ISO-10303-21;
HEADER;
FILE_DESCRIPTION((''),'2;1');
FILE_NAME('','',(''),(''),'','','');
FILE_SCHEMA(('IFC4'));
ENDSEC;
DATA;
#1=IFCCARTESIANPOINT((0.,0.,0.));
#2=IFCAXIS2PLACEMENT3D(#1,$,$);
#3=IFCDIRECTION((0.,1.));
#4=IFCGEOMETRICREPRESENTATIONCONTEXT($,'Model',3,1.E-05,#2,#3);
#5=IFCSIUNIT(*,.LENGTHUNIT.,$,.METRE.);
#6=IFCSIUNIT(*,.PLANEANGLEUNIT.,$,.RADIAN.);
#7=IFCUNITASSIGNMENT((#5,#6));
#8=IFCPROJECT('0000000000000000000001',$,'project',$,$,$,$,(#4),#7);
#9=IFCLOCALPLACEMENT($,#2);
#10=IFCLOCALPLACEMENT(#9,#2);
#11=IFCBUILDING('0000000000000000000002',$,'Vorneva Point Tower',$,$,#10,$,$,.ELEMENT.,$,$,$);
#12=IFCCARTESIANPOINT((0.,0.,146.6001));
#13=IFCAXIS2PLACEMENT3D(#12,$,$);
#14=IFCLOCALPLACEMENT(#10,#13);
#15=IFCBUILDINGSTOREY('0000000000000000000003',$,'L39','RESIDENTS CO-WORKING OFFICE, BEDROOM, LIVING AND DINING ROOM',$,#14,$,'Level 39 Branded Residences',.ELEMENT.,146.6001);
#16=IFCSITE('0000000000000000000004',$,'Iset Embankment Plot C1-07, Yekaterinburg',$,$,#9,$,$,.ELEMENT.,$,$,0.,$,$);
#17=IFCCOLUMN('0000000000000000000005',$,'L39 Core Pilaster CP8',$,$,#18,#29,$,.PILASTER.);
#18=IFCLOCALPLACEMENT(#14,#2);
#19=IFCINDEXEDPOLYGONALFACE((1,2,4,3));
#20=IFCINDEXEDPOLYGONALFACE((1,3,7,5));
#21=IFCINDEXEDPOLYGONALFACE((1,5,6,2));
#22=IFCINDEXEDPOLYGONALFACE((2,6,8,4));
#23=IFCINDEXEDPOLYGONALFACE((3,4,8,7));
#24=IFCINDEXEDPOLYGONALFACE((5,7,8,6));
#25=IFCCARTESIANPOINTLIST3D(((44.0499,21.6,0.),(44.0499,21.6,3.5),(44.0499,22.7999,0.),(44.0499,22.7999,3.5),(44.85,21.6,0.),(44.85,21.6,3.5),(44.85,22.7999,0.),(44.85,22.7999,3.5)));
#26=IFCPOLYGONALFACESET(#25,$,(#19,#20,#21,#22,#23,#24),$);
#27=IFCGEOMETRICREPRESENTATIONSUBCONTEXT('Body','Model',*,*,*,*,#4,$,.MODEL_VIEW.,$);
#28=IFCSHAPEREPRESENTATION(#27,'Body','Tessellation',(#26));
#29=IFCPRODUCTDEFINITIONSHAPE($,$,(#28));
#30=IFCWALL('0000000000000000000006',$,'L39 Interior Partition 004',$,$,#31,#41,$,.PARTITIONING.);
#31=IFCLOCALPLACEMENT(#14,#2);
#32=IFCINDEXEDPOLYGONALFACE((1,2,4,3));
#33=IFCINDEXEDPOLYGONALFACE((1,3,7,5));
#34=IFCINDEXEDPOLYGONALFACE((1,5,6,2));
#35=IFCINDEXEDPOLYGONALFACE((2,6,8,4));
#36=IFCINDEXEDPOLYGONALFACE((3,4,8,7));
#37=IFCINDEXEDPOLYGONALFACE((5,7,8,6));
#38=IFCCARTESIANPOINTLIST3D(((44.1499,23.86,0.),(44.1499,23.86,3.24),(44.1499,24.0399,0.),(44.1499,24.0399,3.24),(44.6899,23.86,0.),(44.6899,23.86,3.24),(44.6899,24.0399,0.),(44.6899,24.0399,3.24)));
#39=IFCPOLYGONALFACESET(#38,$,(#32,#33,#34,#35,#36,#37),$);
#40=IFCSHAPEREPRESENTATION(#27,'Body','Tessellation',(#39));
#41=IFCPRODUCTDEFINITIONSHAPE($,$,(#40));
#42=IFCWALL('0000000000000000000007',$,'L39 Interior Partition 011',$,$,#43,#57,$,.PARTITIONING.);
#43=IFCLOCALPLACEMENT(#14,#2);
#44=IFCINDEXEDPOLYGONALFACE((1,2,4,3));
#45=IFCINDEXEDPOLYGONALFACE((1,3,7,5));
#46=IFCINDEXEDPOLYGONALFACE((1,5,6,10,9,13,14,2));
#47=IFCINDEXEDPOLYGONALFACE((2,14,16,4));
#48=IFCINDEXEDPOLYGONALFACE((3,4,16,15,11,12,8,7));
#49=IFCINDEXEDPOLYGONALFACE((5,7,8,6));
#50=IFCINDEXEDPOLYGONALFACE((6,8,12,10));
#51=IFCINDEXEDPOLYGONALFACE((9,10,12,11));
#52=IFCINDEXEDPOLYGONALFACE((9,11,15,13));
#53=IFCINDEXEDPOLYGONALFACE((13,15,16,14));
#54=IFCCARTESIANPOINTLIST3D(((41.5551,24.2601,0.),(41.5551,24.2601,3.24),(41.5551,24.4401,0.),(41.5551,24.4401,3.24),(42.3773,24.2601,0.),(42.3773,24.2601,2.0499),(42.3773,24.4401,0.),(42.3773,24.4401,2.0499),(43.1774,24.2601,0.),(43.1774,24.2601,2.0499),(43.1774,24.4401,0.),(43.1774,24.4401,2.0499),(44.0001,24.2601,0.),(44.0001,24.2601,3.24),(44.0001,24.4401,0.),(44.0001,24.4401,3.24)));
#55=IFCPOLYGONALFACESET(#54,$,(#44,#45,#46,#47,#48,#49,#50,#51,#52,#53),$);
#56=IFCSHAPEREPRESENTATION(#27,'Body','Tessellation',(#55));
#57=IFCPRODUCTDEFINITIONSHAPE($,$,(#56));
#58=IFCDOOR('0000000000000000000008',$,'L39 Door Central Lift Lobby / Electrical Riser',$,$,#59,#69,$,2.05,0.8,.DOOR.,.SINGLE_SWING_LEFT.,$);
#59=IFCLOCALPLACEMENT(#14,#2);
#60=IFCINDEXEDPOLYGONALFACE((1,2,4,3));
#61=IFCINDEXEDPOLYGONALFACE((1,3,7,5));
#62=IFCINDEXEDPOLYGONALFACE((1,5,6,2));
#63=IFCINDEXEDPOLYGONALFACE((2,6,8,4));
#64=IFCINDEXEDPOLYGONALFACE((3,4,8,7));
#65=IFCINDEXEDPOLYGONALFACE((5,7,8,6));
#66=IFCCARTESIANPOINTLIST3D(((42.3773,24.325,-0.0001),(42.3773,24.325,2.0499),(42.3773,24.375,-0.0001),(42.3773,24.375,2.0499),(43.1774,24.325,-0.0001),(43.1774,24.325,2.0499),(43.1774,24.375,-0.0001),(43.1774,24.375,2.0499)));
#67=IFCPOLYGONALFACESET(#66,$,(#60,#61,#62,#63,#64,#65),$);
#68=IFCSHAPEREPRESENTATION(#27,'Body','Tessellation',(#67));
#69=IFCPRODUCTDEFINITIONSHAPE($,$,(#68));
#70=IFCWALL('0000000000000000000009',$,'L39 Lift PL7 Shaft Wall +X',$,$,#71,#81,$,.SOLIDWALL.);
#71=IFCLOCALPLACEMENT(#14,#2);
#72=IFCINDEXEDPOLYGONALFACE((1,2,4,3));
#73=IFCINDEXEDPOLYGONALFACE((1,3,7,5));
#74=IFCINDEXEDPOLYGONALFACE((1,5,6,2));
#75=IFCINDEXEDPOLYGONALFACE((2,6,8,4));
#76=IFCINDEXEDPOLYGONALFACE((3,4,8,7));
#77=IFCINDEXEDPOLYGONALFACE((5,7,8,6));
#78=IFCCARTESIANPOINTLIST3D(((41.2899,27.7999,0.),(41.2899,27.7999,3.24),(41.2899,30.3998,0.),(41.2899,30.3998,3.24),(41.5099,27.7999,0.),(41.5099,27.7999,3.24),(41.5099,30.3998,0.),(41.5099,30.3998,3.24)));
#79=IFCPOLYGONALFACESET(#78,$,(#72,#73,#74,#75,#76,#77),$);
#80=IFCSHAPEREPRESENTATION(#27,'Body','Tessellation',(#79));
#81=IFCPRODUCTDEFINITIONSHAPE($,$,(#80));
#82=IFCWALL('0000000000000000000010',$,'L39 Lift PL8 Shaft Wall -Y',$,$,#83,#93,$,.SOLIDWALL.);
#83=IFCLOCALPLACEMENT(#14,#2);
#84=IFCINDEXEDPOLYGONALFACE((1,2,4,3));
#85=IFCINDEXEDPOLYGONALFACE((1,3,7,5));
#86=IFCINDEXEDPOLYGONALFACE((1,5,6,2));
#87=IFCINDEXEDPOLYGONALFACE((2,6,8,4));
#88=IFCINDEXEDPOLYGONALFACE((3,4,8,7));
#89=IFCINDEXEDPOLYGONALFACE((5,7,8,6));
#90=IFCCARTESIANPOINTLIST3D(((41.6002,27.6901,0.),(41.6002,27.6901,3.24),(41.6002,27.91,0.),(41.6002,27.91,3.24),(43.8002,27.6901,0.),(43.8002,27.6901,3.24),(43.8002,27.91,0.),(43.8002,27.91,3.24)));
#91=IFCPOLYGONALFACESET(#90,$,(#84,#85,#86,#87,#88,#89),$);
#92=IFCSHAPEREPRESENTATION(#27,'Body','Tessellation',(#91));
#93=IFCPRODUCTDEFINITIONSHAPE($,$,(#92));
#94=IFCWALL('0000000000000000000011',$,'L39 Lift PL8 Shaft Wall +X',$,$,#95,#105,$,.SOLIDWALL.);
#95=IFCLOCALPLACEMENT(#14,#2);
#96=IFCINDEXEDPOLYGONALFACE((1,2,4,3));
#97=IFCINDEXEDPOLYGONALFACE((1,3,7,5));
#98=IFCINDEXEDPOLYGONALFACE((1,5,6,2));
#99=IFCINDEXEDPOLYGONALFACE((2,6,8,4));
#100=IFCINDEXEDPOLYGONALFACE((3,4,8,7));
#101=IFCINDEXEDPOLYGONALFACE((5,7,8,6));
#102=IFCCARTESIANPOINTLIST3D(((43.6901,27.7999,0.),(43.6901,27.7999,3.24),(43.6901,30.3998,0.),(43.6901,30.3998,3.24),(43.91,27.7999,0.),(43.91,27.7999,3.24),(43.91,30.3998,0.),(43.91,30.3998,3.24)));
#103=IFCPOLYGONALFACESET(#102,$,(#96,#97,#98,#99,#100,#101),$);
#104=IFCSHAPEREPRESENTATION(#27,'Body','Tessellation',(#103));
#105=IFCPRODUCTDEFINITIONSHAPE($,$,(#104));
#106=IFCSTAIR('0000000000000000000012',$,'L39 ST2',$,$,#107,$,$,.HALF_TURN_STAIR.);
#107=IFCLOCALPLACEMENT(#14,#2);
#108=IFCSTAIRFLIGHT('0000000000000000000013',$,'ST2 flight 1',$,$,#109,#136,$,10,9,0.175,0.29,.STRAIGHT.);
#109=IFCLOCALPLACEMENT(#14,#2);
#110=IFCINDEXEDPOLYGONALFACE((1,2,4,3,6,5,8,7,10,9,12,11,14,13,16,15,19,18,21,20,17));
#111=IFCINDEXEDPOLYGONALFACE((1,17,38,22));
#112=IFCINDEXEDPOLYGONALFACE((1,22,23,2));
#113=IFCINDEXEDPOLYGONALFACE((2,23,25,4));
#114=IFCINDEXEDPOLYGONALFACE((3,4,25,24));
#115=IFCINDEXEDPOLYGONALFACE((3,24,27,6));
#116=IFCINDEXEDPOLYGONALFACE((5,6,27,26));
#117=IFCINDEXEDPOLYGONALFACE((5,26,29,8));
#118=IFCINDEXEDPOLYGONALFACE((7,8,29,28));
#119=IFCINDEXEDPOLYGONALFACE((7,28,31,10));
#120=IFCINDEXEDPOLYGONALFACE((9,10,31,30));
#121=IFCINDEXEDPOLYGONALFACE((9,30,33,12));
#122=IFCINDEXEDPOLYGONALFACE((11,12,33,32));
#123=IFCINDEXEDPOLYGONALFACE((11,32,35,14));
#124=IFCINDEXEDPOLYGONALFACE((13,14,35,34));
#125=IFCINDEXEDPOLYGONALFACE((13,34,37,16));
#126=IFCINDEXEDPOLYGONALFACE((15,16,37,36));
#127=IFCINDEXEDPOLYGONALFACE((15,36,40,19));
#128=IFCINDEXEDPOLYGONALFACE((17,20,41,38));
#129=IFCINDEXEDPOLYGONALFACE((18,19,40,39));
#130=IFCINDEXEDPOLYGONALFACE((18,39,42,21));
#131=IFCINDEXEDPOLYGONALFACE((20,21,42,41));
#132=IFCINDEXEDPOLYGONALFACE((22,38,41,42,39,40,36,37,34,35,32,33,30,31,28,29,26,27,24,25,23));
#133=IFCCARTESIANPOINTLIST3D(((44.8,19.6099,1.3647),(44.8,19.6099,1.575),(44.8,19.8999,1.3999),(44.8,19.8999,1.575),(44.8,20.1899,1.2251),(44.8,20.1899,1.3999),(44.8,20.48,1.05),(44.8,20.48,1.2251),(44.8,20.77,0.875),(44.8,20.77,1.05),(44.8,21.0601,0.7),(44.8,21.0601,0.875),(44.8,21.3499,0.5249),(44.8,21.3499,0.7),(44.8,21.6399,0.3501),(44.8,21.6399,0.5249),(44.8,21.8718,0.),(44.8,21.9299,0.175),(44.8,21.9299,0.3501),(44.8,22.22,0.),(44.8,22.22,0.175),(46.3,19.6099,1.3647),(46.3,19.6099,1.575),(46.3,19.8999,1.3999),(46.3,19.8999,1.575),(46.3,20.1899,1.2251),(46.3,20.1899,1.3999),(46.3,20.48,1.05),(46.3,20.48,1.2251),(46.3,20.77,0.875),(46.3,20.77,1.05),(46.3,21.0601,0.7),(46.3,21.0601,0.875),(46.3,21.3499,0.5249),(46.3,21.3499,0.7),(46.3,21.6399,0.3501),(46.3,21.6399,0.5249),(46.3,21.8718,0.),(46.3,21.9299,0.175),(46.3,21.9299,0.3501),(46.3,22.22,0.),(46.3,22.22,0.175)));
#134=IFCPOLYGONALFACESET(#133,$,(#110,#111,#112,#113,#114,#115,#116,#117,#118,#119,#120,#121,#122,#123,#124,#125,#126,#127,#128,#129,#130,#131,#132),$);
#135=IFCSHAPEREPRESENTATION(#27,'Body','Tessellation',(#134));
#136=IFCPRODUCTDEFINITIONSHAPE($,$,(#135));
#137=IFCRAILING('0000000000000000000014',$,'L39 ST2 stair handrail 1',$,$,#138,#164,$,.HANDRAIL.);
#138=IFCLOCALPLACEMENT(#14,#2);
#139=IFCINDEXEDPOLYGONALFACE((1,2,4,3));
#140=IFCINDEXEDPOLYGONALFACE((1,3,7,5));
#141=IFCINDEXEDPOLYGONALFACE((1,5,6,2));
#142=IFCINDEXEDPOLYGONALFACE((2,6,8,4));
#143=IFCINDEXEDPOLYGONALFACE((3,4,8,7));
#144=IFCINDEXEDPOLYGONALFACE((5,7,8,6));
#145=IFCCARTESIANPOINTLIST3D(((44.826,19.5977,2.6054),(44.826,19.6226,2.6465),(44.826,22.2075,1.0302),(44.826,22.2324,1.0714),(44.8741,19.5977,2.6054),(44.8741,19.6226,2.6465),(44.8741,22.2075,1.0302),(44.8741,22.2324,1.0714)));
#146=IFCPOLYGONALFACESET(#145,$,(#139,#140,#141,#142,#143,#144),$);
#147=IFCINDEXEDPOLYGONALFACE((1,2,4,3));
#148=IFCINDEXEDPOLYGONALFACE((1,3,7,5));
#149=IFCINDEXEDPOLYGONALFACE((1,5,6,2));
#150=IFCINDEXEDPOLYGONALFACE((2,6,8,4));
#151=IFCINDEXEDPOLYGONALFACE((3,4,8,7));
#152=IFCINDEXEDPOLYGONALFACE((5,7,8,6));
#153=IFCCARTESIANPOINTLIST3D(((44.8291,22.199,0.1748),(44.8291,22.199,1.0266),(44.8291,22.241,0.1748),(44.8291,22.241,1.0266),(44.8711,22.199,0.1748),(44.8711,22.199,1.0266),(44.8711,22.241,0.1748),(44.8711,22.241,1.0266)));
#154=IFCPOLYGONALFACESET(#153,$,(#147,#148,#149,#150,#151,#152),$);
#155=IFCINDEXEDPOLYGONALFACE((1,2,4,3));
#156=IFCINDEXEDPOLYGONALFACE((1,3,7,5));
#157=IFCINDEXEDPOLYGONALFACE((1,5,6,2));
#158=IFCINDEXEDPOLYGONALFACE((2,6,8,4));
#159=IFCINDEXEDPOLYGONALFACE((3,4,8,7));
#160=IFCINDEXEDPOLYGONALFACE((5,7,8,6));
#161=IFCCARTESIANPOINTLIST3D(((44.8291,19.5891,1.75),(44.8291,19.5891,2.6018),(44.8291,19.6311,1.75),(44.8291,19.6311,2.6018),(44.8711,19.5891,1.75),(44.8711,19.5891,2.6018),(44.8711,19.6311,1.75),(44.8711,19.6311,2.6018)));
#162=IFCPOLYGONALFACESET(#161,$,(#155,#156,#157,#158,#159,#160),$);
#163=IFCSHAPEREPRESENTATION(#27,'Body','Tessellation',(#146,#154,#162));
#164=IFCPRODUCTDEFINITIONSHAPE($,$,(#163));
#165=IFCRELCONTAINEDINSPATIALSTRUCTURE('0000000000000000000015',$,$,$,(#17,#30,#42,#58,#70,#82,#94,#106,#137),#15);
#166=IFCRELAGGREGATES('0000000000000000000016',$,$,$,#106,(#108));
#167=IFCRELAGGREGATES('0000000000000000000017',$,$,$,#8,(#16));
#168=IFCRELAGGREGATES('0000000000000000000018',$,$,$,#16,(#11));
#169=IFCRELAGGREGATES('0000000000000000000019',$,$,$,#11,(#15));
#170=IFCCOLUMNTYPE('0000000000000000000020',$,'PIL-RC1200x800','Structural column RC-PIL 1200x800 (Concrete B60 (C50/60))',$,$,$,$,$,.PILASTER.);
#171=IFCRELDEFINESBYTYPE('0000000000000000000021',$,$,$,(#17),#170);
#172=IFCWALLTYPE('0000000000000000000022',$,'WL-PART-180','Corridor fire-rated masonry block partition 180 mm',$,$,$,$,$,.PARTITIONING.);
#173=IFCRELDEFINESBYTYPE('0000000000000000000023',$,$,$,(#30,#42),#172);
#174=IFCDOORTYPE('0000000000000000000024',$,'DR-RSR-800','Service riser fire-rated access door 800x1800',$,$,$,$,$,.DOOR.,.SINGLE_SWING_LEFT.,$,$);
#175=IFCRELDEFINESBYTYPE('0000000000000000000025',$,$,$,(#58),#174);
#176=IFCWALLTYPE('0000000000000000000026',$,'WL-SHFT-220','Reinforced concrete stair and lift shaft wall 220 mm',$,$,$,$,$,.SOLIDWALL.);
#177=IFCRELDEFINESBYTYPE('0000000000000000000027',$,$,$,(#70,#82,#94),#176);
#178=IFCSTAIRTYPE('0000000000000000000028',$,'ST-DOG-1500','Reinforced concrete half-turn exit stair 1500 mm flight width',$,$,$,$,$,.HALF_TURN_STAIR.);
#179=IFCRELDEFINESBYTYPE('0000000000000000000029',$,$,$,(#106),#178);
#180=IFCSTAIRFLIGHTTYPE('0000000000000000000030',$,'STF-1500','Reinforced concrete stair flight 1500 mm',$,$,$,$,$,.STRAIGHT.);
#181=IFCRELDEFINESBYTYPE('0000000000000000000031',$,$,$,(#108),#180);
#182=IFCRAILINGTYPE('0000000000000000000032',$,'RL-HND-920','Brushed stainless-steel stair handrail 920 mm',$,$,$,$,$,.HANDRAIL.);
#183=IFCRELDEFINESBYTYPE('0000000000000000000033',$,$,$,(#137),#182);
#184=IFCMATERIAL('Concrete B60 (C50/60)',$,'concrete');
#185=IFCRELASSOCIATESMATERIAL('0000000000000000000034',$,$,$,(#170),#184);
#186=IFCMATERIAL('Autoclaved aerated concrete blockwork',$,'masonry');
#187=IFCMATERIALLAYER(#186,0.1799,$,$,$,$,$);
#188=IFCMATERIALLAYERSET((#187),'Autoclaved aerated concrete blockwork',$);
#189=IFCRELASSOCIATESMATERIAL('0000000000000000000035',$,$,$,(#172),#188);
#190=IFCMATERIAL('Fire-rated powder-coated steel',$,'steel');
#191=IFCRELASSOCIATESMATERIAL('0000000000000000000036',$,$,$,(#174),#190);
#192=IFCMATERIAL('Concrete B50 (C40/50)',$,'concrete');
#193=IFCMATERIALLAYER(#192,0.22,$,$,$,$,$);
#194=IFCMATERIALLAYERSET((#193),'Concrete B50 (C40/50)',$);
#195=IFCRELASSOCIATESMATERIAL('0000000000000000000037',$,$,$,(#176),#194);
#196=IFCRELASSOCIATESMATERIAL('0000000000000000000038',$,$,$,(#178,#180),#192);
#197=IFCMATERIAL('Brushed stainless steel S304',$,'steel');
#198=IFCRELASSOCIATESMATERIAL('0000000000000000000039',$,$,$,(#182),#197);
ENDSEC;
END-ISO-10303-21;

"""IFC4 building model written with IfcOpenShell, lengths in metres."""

from ifc_helpers import new_model, si_unit, direction, frame, frame_2d, origin, origin_2d, place, context, subcontext, project, spatial, polyline, rectangle, outline, extrude, material, layer, layer_set, material_profile, profile_set, type_object, element, fill, aggregate, save


model = new_model("IFC4")

# Units and contexts
model_context = context("Model", 3, precision=1e-05, world=origin(), true_north=direction((0.0, 1.0)))
body_context = subcontext(model_context, "Body", "Model", "MODEL_VIEW")
ifc_project = project(units=[si_unit("LENGTHUNIT", "METRE"), si_unit("PLANEANGLEUNIT", "RADIAN")], contexts=[model_context])

# Site, building, storey
site_placement = place(None, origin())
site = spatial("IfcSite", under=ifc_project, at=site_placement, Name="Iset Embankment Plot C1-07, Yekaterinburg", CompositionType="ELEMENT", RefElevation=0.0)
building_placement = place(site_placement, origin())
building = spatial("IfcBuilding", under=site, at=building_placement, Name="Vorneva Point Tower", CompositionType="ELEMENT")
storey_placement = place(building_placement, frame((0.0, 0.0, 146.6001)))
storey = spatial("IfcBuildingStorey", under=building, at=storey_placement, Name="L39", Description="RESIDENTS CO-WORKING OFFICE, BEDROOM, LIVING AND DINING ROOM", LongName="Level 39 Branded Residences", CompositionType="ELEMENT", Elevation=146.6001)

# Column
ifc_material_1 = material(Name="Concrete B60 (C50/60)", Category="concrete")
ifc_material_profile = material_profile(ifc_material_1, rectangle(XDim=0.8, YDim=1.2, at=origin_2d()), Name="RC-PIL 1200x800")
ifc_profile_set = profile_set([ifc_material_profile], Name="Concrete B60 (C50/60)")
column_type = type_object("IfcColumnType", Name="PIL-RC1200x800", Description="Structural column RC-PIL 1200x800 (Concrete B60 (C50/60))", PredefinedType="PILASTER", material=ifc_profile_set)
column_placement = place(storey_placement, frame((44.45, 22.2, 0.0), z_axis=(0.0, 0.0, 1.0), x_axis=(1.0, 0.0, 0.0)))
element("IfcColumn", 1, at=column_placement, inside=storey, type_object=column_type, Name="L39 Core Pilaster CP8", PredefinedType="PILASTER", context=body_context, shape_type="SweptSolid", body=[
    extrude(rectangle(XDim=0.8, YDim=1.2, at=origin_2d()), origin(), (0.0, 0.0, 1.0), 3.5),
])

# Shared definitions
ifc_material_2 = material(Name="Autoclaved aerated concrete blockwork", Category="masonry")
ifc_layer_1 = layer(ifc_material_2, 0.1799)
ifc_layer_set_1 = layer_set([ifc_layer_1], Name="Autoclaved aerated concrete blockwork")
wall_type_1 = type_object("IfcWallType", Name="WL-PART-180", Description="Corridor fire-rated masonry block partition 180 mm", PredefinedType="PARTITIONING", material=ifc_layer_set_1)
ifc_material_3 = material(Name="Fire-rated powder-coated steel", Category="steel")

# Wall
wall_1_placement = place(storey_placement, frame((44.1499, 23.95, 0.0), z_axis=(0.0, 0.0, 1.0), x_axis=(1.0, 0.0, 0.0)))
element("IfcWall", 2, at=wall_1_placement, inside=storey, type_object=wall_type_1, Name="L39 Interior Partition 004", PredefinedType="PARTITIONING", context=body_context, shape_type="SweptSolid", body=[
    extrude(rectangle(XDim=0.54, YDim=0.1799, at=frame_2d((0.27, 0.0))), origin(), (0.0, 0.0, 1.0), 3.24),
])

# Wall, opening, door
wall_2_placement = place(storey_placement, frame((41.5549, 24.3501, 0.0), z_axis=(0.0, 0.0, 1.0), x_axis=(1.0, 0.0, 0.0)))
wall_2 = element("IfcWall", 3, at=wall_2_placement, inside=storey, type_object=wall_type_1, Name="L39 Interior Partition 011", PredefinedType="PARTITIONING", context=body_context, shape_type="SweptSolid", body=[
    extrude(rectangle(XDim=2.4451, YDim=0.1799, at=frame_2d((1.2227, 0.0))), origin(), (0.0, 0.0, 1.0), 3.24),
])
opening_1_placement = place(wall_2_placement, frame((0.8225, 0.0, 0.0)))
opening_1 = element("IfcOpeningElement", 4, at=opening_1_placement, cuts=wall_2, PredefinedType="OPENING", context=body_context, shape_type="SweptSolid", body=[
    extrude(rectangle(XDim=0.8, YDim=2.05, at=frame_2d((0.3999, 1.0249))), frame((0.0, 0.105, 0.0), z_axis=(0.0, -1.0, 0.0), x_axis=(1.0, 0.0, 0.0)), (0.0, 0.0, 1.0), 0.2097),
])
door_type_1 = type_object("IfcDoorType", Name="DR-RSR-800", Description="Service riser fire-rated access door 800x1800", OperationType="SINGLE_SWING_LEFT", PredefinedType="DOOR", material=ifc_material_3)
door_1_placement = place(opening_1_placement, origin())
door_1 = element("IfcDoor", 5, at=door_1_placement, inside=storey, type_object=door_type_1, Name="L39 Door Central Lift Lobby / Electrical Riser", OperationType="SINGLE_SWING_LEFT", OverallHeight=2.05, OverallWidth=0.8, PredefinedType="DOOR", context=body_context, shape_type="SweptSolid", body=[
    extrude(rectangle(XDim=0.8, YDim=2.05, at=frame_2d((0.3999, 1.0249))), frame((0.0, 0.0249, 0.0), z_axis=(0.0, -1.0, 0.0), x_axis=(1.0, 0.0, 0.0)), (0.0, 0.0, 1.0), 0.05),
])
fill(opening_1, door_1)
ifc_material_4 = material(Name="Concrete B50 (C40/50)", Category="concrete")
ifc_layer_2 = layer(ifc_material_4, 0.22)
ifc_layer_set_2 = layer_set([ifc_layer_2], Name="Concrete B50 (C40/50)")
wall_type_2 = type_object("IfcWallType", Name="WL-SHFT-220", Description="Reinforced concrete stair and lift shaft wall 220 mm", PredefinedType="SOLIDWALL", material=ifc_layer_set_2)

# Walls
wall_3_placement = place(storey_placement, frame((41.3999, 27.8, 0.0), z_axis=(0.0, 0.0, 1.0), x_axis=(0.0, 1.0, 0.0)))
element("IfcWall", 6, at=wall_3_placement, inside=storey, type_object=wall_type_2, Name="L39 Lift PL7 Shaft Wall +X", PredefinedType="SOLIDWALL", context=body_context, shape_type="SweptSolid", body=[
    extrude(rectangle(XDim=2.5999, YDim=0.22, at=frame_2d((1.2998, 0.0))), origin(), (0.0, 0.0, 1.0), 3.24),
])
wall_4_placement = place(storey_placement, frame((41.6001, 27.8, 0.0), z_axis=(0.0, 0.0, 1.0), x_axis=(1.0, 0.0, 0.0)))
element("IfcWall", 7, at=wall_4_placement, inside=storey, type_object=wall_type_2, Name="L39 Lift PL8 Shaft Wall -Y", PredefinedType="SOLIDWALL", context=body_context, shape_type="SweptSolid", body=[
    extrude(rectangle(XDim=2.2, YDim=0.22, at=frame_2d((1.1001, 0.0))), origin(), (0.0, 0.0, 1.0), 3.24),
])
wall_5_placement = place(storey_placement, frame((43.8, 27.8, 0.0), z_axis=(0.0, 0.0, 1.0), x_axis=(0.0, 1.0, 0.0)))
element("IfcWall", 8, at=wall_5_placement, inside=storey, type_object=wall_type_2, Name="L39 Lift PL8 Shaft Wall +X", PredefinedType="SOLIDWALL", context=body_context, shape_type="SweptSolid", body=[
    extrude(rectangle(XDim=2.5999, YDim=0.22, at=frame_2d((1.2998, 0.0))), origin(), (0.0, 0.0, 1.0), 3.24),
])

# Stair, stair flight
stair_type = type_object("IfcStairType", Name="ST-DOG-1500", Description="Reinforced concrete half-turn exit stair 1500 mm flight width", PredefinedType="HALF_TURN_STAIR", material=ifc_material_4)
stair_placement = place(storey_placement, origin())
stair = element("IfcStair", 9, at=stair_placement, inside=storey, type_object=stair_type, Name="L39 ST2", PredefinedType="HALF_TURN_STAIR")
stair_flight_type = type_object("IfcStairFlightType", Name="STF-1500", Description="Reinforced concrete stair flight 1500 mm", PredefinedType="STRAIGHT", material=ifc_material_4)
stair_flight_placement = place(storey_placement, frame((45.55, 22.22, 0.0), z_axis=(0.0, 0.0, 1.0), x_axis=(0.0, -1.0, 0.0)))
stair_flight = element("IfcStairFlight", 10, at=stair_flight_placement, type_object=stair_flight_type, Name="ST2 flight 1", NumberOfRisers=10, NumberOfTreads=9, PredefinedType="STRAIGHT", RiserHeight=0.175, TreadLength=0.29, context=body_context, shape_type="SweptSolid", body=[
    extrude(outline(polyline([(0.0, 0.0), (0.0, 0.175), (0.29, 0.175), (0.29, 0.3501), (0.5801, 0.3501), (0.5801, 0.5249), (0.8701, 0.5249), (0.8701, 0.7), (1.1599, 0.7), (1.1599, 0.875), (1.45, 0.875), (1.45, 1.05), (1.74, 1.05), (1.74, 1.2251), (2.03, 1.2251), (2.03, 1.3999), (2.3201, 1.3999), (2.3201, 1.575), (2.6101, 1.575), (2.6101, 1.75), (2.6101, 1.3647), (0.3481, 0.0), (0.0, 0.0)])), frame((0.0, 0.75, 0.0), z_axis=(0.0, -1.0, 0.0), x_axis=(1.0, 0.0, 0.0)), (0.0, 0.0, 1.0), 1.5),
])
aggregate(stair, [stair_flight])

# Railing
ifc_material_5 = material(Name="Brushed stainless steel S304", Category="steel")
railing_type_1 = type_object("IfcRailingType", Name="RL-HND-920", Description="Brushed stainless-steel stair handrail 920 mm", PredefinedType="HANDRAIL", material=ifc_material_5)
railing_1_placement = place(storey_placement, frame((44.8501, 22.22, 0.1748)))
element("IfcRailing", 11, at=railing_1_placement, inside=storey, type_object=railing_type_1, Name="L39 ST2 stair handrail 1", PredefinedType="HANDRAIL", context=body_context, shape_type="SweptSolid", body=[
    extrude(rectangle(XDim=0.0481, YDim=0.0481, at=origin_2d()), frame((0.0, 0.0, 0.876), z_axis=(0.0, -0.856147, 0.516732), x_axis=(1.0, 0.0, 0.0)), (0.0, 0.0, 1.0), 3.0483),
    extrude(rectangle(XDim=0.042, YDim=0.042, at=origin_2d()), origin(), (0.0, 0.0, 1.0), 0.8518),
    extrude(rectangle(XDim=0.042, YDim=0.042, at=origin_2d()), frame((0.0, -2.6099, 1.5752)), (0.0, 0.0, 1.0), 0.8518),
])

save(model, "model.ifc")
